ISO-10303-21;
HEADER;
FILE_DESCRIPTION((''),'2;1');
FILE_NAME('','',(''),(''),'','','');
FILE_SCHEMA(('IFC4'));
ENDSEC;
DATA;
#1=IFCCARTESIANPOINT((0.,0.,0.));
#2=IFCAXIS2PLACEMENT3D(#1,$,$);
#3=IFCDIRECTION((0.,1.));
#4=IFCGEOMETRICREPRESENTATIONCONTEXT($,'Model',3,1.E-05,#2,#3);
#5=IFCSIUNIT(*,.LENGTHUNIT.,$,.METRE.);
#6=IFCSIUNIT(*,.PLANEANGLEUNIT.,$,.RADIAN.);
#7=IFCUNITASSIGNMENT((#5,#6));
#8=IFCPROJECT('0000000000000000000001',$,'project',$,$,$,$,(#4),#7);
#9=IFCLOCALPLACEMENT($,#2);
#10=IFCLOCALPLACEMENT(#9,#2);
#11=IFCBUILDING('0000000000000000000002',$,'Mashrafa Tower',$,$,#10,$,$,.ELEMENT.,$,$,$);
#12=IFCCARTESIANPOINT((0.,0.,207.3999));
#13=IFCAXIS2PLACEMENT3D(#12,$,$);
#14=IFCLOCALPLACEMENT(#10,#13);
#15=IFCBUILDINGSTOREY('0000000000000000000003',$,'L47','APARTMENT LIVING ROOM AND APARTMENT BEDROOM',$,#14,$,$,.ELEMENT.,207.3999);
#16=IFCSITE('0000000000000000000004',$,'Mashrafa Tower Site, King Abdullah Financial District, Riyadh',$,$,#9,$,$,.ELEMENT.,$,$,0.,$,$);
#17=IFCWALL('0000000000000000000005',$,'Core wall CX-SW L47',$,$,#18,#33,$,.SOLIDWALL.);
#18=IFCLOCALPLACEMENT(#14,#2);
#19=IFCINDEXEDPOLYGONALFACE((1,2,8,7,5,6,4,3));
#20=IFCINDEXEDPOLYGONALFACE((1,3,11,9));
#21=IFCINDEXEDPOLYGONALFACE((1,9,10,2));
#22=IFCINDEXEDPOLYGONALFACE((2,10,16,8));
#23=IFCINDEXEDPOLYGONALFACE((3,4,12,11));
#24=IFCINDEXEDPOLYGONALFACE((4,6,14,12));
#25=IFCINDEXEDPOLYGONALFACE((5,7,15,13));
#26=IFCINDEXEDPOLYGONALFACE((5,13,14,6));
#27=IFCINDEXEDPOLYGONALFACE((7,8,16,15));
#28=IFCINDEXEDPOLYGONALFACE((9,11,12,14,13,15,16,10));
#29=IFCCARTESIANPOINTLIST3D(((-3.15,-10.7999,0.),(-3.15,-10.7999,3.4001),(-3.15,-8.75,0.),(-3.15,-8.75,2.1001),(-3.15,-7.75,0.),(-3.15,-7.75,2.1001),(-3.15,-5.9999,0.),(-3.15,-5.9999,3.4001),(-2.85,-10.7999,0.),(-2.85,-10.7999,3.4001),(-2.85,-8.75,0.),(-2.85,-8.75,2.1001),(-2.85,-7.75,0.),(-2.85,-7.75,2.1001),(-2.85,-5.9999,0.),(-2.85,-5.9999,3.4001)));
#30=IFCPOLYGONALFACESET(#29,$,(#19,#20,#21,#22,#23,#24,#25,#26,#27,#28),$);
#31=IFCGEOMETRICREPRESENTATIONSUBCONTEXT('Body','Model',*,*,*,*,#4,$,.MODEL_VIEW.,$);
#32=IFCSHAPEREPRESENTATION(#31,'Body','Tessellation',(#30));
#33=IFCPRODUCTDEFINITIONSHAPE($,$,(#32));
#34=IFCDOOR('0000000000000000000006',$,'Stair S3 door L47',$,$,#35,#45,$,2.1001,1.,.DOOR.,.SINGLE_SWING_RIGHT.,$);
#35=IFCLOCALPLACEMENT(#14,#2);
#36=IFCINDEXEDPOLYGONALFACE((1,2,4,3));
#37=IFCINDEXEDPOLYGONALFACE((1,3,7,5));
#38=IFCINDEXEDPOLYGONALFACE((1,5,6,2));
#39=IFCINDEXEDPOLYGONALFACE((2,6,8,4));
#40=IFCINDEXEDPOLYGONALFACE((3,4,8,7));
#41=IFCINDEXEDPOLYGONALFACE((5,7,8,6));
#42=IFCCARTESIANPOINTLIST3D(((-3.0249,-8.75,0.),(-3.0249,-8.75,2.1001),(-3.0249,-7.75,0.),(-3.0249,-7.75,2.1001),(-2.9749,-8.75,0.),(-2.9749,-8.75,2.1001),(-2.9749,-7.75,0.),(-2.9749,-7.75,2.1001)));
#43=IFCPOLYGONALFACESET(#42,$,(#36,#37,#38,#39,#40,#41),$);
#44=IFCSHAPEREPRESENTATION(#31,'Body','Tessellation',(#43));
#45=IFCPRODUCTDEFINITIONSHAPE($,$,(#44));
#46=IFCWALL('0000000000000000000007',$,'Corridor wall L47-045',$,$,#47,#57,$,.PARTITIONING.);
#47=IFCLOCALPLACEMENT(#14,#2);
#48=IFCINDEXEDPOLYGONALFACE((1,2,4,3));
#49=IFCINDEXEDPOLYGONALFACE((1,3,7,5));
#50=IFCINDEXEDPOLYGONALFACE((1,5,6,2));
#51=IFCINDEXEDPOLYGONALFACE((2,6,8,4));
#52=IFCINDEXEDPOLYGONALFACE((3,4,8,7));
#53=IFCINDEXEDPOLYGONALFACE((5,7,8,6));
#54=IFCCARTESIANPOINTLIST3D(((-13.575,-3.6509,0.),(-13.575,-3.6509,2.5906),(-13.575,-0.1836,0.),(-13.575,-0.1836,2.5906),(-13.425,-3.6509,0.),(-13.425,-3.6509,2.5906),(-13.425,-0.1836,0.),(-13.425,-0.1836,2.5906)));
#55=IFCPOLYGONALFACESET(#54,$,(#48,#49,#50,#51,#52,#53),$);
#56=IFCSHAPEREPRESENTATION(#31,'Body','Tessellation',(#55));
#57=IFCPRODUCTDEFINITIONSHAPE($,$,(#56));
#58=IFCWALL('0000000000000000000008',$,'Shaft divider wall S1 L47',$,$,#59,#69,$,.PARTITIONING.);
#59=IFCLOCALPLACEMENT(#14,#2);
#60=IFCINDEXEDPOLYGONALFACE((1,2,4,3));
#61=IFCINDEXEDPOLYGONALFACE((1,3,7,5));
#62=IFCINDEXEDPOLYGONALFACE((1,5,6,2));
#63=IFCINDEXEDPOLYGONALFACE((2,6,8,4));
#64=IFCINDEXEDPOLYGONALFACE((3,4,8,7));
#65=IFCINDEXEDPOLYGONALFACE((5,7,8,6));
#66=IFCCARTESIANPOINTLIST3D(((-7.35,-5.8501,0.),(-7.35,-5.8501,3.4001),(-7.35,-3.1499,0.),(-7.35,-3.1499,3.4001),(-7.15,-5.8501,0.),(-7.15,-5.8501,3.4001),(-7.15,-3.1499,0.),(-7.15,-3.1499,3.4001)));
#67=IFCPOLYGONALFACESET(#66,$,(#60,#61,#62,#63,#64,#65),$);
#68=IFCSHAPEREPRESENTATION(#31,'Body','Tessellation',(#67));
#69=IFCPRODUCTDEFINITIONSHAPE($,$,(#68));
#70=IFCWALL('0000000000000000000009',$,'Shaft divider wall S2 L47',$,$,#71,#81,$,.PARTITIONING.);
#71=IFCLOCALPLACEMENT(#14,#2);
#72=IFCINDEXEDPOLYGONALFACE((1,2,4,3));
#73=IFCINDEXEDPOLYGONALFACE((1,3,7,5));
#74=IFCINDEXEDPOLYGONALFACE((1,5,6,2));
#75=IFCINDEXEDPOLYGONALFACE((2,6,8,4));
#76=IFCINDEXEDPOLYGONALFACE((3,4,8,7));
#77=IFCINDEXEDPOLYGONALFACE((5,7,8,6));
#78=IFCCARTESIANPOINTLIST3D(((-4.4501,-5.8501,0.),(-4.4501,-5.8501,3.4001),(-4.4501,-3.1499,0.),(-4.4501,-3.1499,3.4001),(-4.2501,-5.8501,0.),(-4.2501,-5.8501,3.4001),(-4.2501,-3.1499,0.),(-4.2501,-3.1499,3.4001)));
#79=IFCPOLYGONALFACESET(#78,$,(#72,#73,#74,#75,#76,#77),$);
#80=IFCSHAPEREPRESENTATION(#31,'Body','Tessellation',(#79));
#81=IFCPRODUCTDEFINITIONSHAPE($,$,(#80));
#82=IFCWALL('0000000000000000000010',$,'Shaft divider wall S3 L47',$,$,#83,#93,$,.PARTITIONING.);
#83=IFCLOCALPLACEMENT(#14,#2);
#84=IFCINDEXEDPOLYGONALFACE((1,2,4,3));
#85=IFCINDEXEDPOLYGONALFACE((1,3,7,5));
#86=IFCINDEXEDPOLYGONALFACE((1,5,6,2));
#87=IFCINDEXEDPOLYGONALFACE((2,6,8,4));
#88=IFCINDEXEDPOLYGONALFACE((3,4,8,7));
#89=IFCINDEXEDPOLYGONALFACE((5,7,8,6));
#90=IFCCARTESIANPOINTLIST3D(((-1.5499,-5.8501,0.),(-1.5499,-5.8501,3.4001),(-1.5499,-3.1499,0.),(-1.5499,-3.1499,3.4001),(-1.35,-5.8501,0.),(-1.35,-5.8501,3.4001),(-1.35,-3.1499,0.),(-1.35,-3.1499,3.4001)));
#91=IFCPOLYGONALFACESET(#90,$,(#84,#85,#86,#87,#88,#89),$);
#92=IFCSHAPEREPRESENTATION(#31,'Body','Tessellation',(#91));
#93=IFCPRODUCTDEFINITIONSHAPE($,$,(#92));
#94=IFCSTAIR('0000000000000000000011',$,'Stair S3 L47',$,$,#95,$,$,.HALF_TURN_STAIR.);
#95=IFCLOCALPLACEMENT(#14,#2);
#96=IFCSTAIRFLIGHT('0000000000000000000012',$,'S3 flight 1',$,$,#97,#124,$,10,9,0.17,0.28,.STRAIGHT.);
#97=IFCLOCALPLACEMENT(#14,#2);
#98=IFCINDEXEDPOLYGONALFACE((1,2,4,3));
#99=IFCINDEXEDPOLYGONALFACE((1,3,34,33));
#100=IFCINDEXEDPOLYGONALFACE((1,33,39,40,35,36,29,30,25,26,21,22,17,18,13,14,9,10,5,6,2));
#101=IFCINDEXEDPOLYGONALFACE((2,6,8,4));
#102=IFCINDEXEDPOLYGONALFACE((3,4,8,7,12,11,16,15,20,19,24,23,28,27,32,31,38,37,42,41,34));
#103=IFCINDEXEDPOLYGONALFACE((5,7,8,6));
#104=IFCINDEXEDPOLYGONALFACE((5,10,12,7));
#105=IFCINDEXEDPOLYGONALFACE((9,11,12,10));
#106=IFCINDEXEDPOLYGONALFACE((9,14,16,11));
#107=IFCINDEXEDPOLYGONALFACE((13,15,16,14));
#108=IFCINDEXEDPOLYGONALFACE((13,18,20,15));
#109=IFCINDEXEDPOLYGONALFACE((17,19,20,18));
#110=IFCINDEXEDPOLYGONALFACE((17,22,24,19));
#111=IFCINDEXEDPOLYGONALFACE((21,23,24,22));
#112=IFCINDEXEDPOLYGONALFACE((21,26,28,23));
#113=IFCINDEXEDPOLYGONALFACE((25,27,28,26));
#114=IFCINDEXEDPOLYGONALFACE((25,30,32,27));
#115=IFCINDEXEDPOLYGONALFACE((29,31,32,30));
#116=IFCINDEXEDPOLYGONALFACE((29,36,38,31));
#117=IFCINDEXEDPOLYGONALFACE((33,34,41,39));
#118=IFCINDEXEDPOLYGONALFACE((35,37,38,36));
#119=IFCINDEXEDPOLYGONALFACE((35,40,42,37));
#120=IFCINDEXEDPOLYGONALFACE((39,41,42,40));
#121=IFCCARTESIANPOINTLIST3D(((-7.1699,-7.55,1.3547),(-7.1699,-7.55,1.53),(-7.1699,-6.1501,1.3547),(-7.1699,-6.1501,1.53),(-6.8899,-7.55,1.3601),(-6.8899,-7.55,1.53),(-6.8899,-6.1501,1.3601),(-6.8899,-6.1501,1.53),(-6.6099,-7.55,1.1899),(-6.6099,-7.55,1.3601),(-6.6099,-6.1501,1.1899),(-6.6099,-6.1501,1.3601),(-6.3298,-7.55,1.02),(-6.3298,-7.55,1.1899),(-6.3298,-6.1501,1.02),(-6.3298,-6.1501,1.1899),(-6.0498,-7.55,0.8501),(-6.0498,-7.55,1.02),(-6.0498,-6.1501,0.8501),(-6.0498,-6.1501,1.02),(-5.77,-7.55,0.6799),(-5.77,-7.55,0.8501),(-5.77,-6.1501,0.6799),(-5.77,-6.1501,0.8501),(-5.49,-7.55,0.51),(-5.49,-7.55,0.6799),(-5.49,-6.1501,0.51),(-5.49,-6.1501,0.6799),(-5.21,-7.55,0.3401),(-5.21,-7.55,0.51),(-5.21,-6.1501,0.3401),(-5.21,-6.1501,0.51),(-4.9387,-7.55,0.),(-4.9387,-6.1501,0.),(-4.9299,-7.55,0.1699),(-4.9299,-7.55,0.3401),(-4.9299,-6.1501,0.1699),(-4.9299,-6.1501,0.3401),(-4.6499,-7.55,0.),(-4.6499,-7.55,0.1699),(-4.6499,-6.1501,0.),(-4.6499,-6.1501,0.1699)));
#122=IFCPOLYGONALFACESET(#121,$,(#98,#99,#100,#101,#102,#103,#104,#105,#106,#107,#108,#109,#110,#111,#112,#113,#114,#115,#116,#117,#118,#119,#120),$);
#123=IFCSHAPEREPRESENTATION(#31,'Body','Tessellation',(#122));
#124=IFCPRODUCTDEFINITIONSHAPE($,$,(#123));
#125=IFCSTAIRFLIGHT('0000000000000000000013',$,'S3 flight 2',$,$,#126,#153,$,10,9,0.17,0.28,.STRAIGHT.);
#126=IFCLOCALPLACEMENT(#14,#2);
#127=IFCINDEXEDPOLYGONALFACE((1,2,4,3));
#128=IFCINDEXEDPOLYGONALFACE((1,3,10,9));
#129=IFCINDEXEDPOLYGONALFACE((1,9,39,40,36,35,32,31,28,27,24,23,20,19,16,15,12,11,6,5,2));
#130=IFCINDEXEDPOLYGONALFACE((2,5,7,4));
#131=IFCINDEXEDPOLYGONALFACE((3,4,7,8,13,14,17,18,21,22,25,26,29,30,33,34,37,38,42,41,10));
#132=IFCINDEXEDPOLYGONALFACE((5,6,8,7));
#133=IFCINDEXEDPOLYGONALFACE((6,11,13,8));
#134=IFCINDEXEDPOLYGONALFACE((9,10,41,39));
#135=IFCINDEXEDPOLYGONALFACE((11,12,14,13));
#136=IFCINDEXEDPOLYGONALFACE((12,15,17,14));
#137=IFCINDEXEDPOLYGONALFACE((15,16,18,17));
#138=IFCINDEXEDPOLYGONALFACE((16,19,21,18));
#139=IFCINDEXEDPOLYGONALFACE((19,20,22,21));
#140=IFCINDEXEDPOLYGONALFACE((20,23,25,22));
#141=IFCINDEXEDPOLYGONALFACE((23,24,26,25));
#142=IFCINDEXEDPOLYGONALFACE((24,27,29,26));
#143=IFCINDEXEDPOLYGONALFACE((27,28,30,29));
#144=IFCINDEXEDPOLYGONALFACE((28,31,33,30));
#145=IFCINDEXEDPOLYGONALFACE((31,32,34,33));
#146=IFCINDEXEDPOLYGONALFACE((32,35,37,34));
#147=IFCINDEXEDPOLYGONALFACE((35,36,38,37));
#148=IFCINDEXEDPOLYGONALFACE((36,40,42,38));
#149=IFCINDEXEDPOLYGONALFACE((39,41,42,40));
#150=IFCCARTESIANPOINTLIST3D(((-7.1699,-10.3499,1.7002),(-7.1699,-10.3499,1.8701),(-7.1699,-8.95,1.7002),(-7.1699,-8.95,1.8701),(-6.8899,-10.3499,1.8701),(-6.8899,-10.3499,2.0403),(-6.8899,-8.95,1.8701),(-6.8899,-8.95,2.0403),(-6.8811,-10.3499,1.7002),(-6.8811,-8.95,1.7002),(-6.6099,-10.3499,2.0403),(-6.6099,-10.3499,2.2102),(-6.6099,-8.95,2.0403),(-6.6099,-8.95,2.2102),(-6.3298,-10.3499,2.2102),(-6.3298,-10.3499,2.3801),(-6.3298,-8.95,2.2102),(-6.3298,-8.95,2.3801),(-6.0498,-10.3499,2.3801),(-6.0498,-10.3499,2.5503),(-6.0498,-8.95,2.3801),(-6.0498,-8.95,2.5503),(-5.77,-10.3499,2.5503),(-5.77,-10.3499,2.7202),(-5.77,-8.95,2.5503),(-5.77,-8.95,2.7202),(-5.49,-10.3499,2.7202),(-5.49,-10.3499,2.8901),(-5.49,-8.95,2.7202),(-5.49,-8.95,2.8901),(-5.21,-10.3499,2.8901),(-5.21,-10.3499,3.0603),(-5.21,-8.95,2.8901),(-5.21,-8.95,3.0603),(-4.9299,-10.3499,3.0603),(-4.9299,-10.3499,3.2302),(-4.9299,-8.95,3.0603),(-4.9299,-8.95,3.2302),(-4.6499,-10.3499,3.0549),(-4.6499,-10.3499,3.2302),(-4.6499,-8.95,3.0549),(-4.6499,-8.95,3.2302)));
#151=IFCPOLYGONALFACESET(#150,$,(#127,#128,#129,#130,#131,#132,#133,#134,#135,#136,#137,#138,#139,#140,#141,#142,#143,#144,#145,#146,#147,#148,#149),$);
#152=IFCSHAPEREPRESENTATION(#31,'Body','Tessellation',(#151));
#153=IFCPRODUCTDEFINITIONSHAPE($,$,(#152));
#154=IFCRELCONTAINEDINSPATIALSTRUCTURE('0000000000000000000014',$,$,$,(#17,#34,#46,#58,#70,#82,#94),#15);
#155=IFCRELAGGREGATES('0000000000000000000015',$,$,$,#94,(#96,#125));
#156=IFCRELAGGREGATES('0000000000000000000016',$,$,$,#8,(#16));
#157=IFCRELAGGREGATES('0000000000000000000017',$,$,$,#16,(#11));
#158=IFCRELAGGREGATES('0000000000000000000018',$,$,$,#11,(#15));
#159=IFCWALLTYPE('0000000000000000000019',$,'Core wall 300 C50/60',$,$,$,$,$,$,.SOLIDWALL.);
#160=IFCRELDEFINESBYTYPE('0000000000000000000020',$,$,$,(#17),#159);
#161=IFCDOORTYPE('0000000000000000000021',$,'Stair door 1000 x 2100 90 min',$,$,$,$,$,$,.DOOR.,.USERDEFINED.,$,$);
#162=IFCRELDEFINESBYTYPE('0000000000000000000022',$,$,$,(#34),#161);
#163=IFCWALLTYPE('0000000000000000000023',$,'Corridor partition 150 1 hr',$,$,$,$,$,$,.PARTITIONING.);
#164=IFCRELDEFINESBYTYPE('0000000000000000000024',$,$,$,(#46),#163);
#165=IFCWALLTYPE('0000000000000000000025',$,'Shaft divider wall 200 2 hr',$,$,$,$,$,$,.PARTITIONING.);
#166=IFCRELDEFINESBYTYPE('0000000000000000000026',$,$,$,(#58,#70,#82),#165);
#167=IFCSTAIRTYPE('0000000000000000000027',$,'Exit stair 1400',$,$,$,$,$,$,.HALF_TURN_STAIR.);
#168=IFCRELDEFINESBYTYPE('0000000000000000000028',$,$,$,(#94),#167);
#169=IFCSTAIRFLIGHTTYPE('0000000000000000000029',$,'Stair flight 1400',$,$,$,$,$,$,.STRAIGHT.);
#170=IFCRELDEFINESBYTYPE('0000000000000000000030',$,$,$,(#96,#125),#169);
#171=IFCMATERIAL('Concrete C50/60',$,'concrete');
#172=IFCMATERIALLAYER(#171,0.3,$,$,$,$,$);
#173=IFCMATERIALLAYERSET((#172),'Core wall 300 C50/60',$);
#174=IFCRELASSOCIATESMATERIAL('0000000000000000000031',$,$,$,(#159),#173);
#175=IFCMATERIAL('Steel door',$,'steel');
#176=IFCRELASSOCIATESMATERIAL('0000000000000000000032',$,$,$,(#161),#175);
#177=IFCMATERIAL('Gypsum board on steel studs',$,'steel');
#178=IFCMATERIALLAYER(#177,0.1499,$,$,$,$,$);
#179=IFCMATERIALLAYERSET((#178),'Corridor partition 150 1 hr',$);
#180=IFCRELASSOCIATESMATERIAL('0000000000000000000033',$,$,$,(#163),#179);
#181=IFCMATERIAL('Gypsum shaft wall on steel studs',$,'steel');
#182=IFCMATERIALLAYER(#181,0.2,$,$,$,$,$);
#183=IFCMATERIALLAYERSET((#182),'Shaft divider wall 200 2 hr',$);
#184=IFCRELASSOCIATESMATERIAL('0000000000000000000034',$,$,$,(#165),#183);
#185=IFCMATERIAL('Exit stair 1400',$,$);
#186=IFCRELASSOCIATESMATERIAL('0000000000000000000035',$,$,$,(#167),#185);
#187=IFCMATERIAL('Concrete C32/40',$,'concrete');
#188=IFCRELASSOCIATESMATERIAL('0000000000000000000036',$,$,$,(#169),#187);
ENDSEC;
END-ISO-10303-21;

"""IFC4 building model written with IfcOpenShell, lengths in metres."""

from ifc_helpers import new_model, si_unit, direction, frame, frame_2d, origin, place, context, subcontext, project, spatial, polyline, rectangle, outline, extrude, material, layer, layer_set, type_object, element, fill, aggregate, save


model = new_model("IFC4")

# Units and contexts
model_context = context("Model", 3, precision=1e-05, world=origin(), true_north=direction((0.0, 1.0)))
body_context = subcontext(model_context, "Body", "Model", "MODEL_VIEW")
ifc_project = project(units=[si_unit("LENGTHUNIT", "METRE"), si_unit("PLANEANGLEUNIT", "RADIAN")], contexts=[model_context])

# Site, building, storey
site_placement = place(None, origin())
site = spatial("IfcSite", under=ifc_project, at=site_placement, Name="Mashrafa Tower Site, King Abdullah Financial District, Riyadh", CompositionType="ELEMENT", RefElevation=0.0)
building_placement = place(site_placement, origin())
building = spatial("IfcBuilding", under=site, at=building_placement, Name="Mashrafa Tower", CompositionType="ELEMENT")
storey_placement = place(building_placement, frame((0.0, 0.0, 207.3999)))
storey = spatial("IfcBuildingStorey", under=building, at=storey_placement, Name="L47", Description="APARTMENT LIVING ROOM AND APARTMENT BEDROOM", CompositionType="ELEMENT", Elevation=207.3999)

# Shared definitions
ifc_material_1 = material(Name="Concrete C50/60", Category="concrete")
ifc_layer_1 = layer(ifc_material_1, 0.3)
ifc_layer_set_1 = layer_set([ifc_layer_1], Name="Core wall 300 C50/60")
wall_type_1 = type_object("IfcWallType", Name="Core wall 300 C50/60", PredefinedType="SOLIDWALL", material=ifc_layer_set_1)

# Wall, opening, door
wall_1_placement = place(storey_placement, frame((-3.0, -6.0, 0.0), z_axis=(0.0, 0.0, 1.0), x_axis=(0.0, -1.0, 0.0)))
wall_1 = element("IfcWall", 1, at=wall_1_placement, inside=storey, type_object=wall_type_1, Name="Core wall CX-SW L47", PredefinedType="SOLIDWALL", context=body_context, shape_type="SweptSolid", body=[
    extrude(rectangle(XDim=4.8, YDim=0.3, at=frame_2d((2.3999, 0.0))), origin(), (0.0, 0.0, 1.0), 3.4001),
])
opening_1_placement = place(wall_1_placement, frame((1.75, 0.0, 0.0)))
opening_1 = element("IfcOpeningElement", 2, at=opening_1_placement, cuts=wall_1, PredefinedType="OPENING", context=body_context, shape_type="SweptSolid", body=[
    extrude(rectangle(XDim=1.0, YDim=2.1001, at=frame_2d((0.5, 1.05))), frame((0.0, 0.1599, 0.0), z_axis=(0.0, -1.0, 0.0), x_axis=(1.0, 0.0, 0.0)), (0.0, 0.0, 1.0), 0.3201),
])
ifc_material_2 = material(Name="Steel door", Category="steel")
door_type_1 = type_object("IfcDoorType", Name="Stair door 1000 x 2100 90 min", OperationType="USERDEFINED", PredefinedType="DOOR", material=ifc_material_2)
door_1_placement = place(opening_1_placement, frame((1.0, 0.0, 0.0), z_axis=(0.0, 0.0, 1.0), x_axis=(-1.0, 0.0, 0.0)))
door_1 = element("IfcDoor", 3, at=door_1_placement, inside=storey, type_object=door_type_1, Name="Stair S3 door L47", OperationType="SINGLE_SWING_RIGHT", OverallHeight=2.1001, OverallWidth=1.0, PredefinedType="DOOR", context=body_context, shape_type="SweptSolid", body=[
    extrude(rectangle(XDim=1.0, YDim=2.1001, at=frame_2d((0.5, 1.05))), frame((0.0, 0.0249, 0.0), z_axis=(0.0, -1.0, 0.0), x_axis=(1.0, 0.0, 0.0)), (0.0, 0.0, 1.0), 0.05),
])
fill(opening_1, door_1)

# Walls
ifc_material_3 = material(Name="Gypsum board on steel studs", Category="steel")
ifc_layer_2 = layer(ifc_material_3, 0.1499)
ifc_layer_set_2 = layer_set([ifc_layer_2], Name="Corridor partition 150 1 hr")
wall_type_2 = type_object("IfcWallType", Name="Corridor partition 150 1 hr", PredefinedType="PARTITIONING", material=ifc_layer_set_2)
wall_2_placement = place(storey_placement, frame((-13.5, -0.1836, 0.0), z_axis=(0.0, 0.0, 1.0), x_axis=(0.0, -1.0, 0.0)))
element("IfcWall", 4, at=wall_2_placement, inside=storey, type_object=wall_type_2, Name="Corridor wall L47-045", PredefinedType="PARTITIONING", context=body_context, shape_type="SweptSolid", body=[
    extrude(rectangle(XDim=3.4673, YDim=0.1499, at=frame_2d((1.7336, 0.0))), origin(), (0.0, 0.0, 1.0), 2.5906),
])
ifc_material_4 = material(Name="Gypsum shaft wall on steel studs", Category="steel")
ifc_layer_3 = layer(ifc_material_4, 0.2)
ifc_layer_set_3 = layer_set([ifc_layer_3], Name="Shaft divider wall 200 2 hr")
wall_type_3 = type_object("IfcWallType", Name="Shaft divider wall 200 2 hr", PredefinedType="PARTITIONING", material=ifc_layer_set_3)
for number, where, z_axis, x_axis, name in (
    (5, (-7.25, -5.8501, 0.0), (0.0, 0.0, 1.0), (0.0, 1.0, 0.0), "Shaft divider wall S1 L47"),
    (6, (-4.3501, -5.8501, 0.0), (0.0, 0.0, 1.0), (0.0, 1.0, 0.0), "Shaft divider wall S2 L47"),
    (7, (-1.45, -5.8501, 0.0), (0.0, 0.0, 1.0), (0.0, 1.0, 0.0), "Shaft divider wall S3 L47"),
):
    element("IfcWall", number, at=place(storey_placement, frame(where, z_axis=z_axis, x_axis=x_axis)), inside=storey, type_object=wall_type_3, Name=name, PredefinedType="PARTITIONING", context=body_context, shape_type="SweptSolid", body=[
        extrude(rectangle(XDim=2.7002, YDim=0.2, at=frame_2d((1.3501, 0.0))), origin(), (0.0, 0.0, 1.0), 3.4001),
    ])

# Stair, stair flights
ifc_material_5 = material(Name="Exit stair 1400")
stair_type = type_object("IfcStairType", Name="Exit stair 1400", PredefinedType="HALF_TURN_STAIR", material=ifc_material_5)
stair_placement = place(storey_placement, origin())
stair = element("IfcStair", 8, at=stair_placement, inside=storey, type_object=stair_type, Name="Stair S3 L47", PredefinedType="HALF_TURN_STAIR")
ifc_material_6 = material(Name="Concrete C32/40", Category="concrete")
stair_flight_type = type_object("IfcStairFlightType", Name="Stair flight 1400", PredefinedType="STRAIGHT", material=ifc_material_6)
stair_flight_1_placement = place(storey_placement, frame((-4.6499, -6.8501, 0.0), z_axis=(0.0, 0.0, 1.0), x_axis=(-1.0, 0.0, 0.0)))
stair_flight_1 = element("IfcStairFlight", 9, at=stair_flight_1_placement, type_object=stair_flight_type, Name="S3 flight 1", NumberOfRisers=10, NumberOfTreads=9, PredefinedType="STRAIGHT", RiserHeight=0.17, TreadLength=0.28, context=body_context, shape_type="SweptSolid", body=[
    extrude(outline(polyline([(0.0, 0.0), (0.0, 0.1699), (0.28, 0.1699), (0.28, 0.3401), (0.5601, 0.3401), (0.5601, 0.51), (0.8401, 0.51), (0.8401, 0.6799), (1.1201, 0.6799), (1.1201, 0.8501), (1.3999, 0.8501), (1.3999, 1.02), (1.6799, 1.02), (1.6799, 1.1899), (1.96, 1.1899), (1.96, 1.3601), (2.24, 1.3601), (2.24, 1.53), (2.52, 1.53), (2.52, 1.7), (2.52, 1.3547), (0.2888, 0.0), (0.0, 0.0)])), frame((0.0, 0.7, 0.0), z_axis=(0.0, -1.0, 0.0), x_axis=(1.0, 0.0, 0.0)), (0.0, 0.0, 1.0), 1.3999),
])
stair_flight_2_placement = place(storey_placement, frame((-7.1699, -9.6499, 1.7002), z_axis=(0.0, 0.0, 1.0), x_axis=(1.0, 0.0, 0.0)))
stair_flight_2 = element("IfcStairFlight", 10, at=stair_flight_2_placement, type_object=stair_flight_type, Name="S3 flight 2", NumberOfRisers=10, NumberOfTreads=9, PredefinedType="STRAIGHT", RiserHeight=0.17, TreadLength=0.28, context=body_context, shape_type="SweptSolid", body=[
    extrude(outline(polyline([(0.0, 0.0), (0.0, 0.1699), (0.28, 0.1699), (0.28, 0.3401), (0.5601, 0.3401), (0.5601, 0.51), (0.8401, 0.51), (0.8401, 0.6799), (1.1201, 0.6799), (1.1201, 0.8501), (1.3999, 0.8501), (1.3999, 1.02), (1.6799, 1.02), (1.6799, 1.1899), (1.96, 1.1899), (1.96, 1.3601), (2.24, 1.3601), (2.24, 1.53), (2.52, 1.53), (2.52, 1.7), (2.52, 1.3547), (0.2888, 0.0), (0.0, 0.0)])), frame((0.0, 0.7, 0.0), z_axis=(0.0, -1.0, 0.0), x_axis=(1.0, 0.0, 0.0)), (0.0, 0.0, 1.0), 1.3999),
])
aggregate(stair, [stair_flight_1, stair_flight_2])

save(model, "model.ifc")
